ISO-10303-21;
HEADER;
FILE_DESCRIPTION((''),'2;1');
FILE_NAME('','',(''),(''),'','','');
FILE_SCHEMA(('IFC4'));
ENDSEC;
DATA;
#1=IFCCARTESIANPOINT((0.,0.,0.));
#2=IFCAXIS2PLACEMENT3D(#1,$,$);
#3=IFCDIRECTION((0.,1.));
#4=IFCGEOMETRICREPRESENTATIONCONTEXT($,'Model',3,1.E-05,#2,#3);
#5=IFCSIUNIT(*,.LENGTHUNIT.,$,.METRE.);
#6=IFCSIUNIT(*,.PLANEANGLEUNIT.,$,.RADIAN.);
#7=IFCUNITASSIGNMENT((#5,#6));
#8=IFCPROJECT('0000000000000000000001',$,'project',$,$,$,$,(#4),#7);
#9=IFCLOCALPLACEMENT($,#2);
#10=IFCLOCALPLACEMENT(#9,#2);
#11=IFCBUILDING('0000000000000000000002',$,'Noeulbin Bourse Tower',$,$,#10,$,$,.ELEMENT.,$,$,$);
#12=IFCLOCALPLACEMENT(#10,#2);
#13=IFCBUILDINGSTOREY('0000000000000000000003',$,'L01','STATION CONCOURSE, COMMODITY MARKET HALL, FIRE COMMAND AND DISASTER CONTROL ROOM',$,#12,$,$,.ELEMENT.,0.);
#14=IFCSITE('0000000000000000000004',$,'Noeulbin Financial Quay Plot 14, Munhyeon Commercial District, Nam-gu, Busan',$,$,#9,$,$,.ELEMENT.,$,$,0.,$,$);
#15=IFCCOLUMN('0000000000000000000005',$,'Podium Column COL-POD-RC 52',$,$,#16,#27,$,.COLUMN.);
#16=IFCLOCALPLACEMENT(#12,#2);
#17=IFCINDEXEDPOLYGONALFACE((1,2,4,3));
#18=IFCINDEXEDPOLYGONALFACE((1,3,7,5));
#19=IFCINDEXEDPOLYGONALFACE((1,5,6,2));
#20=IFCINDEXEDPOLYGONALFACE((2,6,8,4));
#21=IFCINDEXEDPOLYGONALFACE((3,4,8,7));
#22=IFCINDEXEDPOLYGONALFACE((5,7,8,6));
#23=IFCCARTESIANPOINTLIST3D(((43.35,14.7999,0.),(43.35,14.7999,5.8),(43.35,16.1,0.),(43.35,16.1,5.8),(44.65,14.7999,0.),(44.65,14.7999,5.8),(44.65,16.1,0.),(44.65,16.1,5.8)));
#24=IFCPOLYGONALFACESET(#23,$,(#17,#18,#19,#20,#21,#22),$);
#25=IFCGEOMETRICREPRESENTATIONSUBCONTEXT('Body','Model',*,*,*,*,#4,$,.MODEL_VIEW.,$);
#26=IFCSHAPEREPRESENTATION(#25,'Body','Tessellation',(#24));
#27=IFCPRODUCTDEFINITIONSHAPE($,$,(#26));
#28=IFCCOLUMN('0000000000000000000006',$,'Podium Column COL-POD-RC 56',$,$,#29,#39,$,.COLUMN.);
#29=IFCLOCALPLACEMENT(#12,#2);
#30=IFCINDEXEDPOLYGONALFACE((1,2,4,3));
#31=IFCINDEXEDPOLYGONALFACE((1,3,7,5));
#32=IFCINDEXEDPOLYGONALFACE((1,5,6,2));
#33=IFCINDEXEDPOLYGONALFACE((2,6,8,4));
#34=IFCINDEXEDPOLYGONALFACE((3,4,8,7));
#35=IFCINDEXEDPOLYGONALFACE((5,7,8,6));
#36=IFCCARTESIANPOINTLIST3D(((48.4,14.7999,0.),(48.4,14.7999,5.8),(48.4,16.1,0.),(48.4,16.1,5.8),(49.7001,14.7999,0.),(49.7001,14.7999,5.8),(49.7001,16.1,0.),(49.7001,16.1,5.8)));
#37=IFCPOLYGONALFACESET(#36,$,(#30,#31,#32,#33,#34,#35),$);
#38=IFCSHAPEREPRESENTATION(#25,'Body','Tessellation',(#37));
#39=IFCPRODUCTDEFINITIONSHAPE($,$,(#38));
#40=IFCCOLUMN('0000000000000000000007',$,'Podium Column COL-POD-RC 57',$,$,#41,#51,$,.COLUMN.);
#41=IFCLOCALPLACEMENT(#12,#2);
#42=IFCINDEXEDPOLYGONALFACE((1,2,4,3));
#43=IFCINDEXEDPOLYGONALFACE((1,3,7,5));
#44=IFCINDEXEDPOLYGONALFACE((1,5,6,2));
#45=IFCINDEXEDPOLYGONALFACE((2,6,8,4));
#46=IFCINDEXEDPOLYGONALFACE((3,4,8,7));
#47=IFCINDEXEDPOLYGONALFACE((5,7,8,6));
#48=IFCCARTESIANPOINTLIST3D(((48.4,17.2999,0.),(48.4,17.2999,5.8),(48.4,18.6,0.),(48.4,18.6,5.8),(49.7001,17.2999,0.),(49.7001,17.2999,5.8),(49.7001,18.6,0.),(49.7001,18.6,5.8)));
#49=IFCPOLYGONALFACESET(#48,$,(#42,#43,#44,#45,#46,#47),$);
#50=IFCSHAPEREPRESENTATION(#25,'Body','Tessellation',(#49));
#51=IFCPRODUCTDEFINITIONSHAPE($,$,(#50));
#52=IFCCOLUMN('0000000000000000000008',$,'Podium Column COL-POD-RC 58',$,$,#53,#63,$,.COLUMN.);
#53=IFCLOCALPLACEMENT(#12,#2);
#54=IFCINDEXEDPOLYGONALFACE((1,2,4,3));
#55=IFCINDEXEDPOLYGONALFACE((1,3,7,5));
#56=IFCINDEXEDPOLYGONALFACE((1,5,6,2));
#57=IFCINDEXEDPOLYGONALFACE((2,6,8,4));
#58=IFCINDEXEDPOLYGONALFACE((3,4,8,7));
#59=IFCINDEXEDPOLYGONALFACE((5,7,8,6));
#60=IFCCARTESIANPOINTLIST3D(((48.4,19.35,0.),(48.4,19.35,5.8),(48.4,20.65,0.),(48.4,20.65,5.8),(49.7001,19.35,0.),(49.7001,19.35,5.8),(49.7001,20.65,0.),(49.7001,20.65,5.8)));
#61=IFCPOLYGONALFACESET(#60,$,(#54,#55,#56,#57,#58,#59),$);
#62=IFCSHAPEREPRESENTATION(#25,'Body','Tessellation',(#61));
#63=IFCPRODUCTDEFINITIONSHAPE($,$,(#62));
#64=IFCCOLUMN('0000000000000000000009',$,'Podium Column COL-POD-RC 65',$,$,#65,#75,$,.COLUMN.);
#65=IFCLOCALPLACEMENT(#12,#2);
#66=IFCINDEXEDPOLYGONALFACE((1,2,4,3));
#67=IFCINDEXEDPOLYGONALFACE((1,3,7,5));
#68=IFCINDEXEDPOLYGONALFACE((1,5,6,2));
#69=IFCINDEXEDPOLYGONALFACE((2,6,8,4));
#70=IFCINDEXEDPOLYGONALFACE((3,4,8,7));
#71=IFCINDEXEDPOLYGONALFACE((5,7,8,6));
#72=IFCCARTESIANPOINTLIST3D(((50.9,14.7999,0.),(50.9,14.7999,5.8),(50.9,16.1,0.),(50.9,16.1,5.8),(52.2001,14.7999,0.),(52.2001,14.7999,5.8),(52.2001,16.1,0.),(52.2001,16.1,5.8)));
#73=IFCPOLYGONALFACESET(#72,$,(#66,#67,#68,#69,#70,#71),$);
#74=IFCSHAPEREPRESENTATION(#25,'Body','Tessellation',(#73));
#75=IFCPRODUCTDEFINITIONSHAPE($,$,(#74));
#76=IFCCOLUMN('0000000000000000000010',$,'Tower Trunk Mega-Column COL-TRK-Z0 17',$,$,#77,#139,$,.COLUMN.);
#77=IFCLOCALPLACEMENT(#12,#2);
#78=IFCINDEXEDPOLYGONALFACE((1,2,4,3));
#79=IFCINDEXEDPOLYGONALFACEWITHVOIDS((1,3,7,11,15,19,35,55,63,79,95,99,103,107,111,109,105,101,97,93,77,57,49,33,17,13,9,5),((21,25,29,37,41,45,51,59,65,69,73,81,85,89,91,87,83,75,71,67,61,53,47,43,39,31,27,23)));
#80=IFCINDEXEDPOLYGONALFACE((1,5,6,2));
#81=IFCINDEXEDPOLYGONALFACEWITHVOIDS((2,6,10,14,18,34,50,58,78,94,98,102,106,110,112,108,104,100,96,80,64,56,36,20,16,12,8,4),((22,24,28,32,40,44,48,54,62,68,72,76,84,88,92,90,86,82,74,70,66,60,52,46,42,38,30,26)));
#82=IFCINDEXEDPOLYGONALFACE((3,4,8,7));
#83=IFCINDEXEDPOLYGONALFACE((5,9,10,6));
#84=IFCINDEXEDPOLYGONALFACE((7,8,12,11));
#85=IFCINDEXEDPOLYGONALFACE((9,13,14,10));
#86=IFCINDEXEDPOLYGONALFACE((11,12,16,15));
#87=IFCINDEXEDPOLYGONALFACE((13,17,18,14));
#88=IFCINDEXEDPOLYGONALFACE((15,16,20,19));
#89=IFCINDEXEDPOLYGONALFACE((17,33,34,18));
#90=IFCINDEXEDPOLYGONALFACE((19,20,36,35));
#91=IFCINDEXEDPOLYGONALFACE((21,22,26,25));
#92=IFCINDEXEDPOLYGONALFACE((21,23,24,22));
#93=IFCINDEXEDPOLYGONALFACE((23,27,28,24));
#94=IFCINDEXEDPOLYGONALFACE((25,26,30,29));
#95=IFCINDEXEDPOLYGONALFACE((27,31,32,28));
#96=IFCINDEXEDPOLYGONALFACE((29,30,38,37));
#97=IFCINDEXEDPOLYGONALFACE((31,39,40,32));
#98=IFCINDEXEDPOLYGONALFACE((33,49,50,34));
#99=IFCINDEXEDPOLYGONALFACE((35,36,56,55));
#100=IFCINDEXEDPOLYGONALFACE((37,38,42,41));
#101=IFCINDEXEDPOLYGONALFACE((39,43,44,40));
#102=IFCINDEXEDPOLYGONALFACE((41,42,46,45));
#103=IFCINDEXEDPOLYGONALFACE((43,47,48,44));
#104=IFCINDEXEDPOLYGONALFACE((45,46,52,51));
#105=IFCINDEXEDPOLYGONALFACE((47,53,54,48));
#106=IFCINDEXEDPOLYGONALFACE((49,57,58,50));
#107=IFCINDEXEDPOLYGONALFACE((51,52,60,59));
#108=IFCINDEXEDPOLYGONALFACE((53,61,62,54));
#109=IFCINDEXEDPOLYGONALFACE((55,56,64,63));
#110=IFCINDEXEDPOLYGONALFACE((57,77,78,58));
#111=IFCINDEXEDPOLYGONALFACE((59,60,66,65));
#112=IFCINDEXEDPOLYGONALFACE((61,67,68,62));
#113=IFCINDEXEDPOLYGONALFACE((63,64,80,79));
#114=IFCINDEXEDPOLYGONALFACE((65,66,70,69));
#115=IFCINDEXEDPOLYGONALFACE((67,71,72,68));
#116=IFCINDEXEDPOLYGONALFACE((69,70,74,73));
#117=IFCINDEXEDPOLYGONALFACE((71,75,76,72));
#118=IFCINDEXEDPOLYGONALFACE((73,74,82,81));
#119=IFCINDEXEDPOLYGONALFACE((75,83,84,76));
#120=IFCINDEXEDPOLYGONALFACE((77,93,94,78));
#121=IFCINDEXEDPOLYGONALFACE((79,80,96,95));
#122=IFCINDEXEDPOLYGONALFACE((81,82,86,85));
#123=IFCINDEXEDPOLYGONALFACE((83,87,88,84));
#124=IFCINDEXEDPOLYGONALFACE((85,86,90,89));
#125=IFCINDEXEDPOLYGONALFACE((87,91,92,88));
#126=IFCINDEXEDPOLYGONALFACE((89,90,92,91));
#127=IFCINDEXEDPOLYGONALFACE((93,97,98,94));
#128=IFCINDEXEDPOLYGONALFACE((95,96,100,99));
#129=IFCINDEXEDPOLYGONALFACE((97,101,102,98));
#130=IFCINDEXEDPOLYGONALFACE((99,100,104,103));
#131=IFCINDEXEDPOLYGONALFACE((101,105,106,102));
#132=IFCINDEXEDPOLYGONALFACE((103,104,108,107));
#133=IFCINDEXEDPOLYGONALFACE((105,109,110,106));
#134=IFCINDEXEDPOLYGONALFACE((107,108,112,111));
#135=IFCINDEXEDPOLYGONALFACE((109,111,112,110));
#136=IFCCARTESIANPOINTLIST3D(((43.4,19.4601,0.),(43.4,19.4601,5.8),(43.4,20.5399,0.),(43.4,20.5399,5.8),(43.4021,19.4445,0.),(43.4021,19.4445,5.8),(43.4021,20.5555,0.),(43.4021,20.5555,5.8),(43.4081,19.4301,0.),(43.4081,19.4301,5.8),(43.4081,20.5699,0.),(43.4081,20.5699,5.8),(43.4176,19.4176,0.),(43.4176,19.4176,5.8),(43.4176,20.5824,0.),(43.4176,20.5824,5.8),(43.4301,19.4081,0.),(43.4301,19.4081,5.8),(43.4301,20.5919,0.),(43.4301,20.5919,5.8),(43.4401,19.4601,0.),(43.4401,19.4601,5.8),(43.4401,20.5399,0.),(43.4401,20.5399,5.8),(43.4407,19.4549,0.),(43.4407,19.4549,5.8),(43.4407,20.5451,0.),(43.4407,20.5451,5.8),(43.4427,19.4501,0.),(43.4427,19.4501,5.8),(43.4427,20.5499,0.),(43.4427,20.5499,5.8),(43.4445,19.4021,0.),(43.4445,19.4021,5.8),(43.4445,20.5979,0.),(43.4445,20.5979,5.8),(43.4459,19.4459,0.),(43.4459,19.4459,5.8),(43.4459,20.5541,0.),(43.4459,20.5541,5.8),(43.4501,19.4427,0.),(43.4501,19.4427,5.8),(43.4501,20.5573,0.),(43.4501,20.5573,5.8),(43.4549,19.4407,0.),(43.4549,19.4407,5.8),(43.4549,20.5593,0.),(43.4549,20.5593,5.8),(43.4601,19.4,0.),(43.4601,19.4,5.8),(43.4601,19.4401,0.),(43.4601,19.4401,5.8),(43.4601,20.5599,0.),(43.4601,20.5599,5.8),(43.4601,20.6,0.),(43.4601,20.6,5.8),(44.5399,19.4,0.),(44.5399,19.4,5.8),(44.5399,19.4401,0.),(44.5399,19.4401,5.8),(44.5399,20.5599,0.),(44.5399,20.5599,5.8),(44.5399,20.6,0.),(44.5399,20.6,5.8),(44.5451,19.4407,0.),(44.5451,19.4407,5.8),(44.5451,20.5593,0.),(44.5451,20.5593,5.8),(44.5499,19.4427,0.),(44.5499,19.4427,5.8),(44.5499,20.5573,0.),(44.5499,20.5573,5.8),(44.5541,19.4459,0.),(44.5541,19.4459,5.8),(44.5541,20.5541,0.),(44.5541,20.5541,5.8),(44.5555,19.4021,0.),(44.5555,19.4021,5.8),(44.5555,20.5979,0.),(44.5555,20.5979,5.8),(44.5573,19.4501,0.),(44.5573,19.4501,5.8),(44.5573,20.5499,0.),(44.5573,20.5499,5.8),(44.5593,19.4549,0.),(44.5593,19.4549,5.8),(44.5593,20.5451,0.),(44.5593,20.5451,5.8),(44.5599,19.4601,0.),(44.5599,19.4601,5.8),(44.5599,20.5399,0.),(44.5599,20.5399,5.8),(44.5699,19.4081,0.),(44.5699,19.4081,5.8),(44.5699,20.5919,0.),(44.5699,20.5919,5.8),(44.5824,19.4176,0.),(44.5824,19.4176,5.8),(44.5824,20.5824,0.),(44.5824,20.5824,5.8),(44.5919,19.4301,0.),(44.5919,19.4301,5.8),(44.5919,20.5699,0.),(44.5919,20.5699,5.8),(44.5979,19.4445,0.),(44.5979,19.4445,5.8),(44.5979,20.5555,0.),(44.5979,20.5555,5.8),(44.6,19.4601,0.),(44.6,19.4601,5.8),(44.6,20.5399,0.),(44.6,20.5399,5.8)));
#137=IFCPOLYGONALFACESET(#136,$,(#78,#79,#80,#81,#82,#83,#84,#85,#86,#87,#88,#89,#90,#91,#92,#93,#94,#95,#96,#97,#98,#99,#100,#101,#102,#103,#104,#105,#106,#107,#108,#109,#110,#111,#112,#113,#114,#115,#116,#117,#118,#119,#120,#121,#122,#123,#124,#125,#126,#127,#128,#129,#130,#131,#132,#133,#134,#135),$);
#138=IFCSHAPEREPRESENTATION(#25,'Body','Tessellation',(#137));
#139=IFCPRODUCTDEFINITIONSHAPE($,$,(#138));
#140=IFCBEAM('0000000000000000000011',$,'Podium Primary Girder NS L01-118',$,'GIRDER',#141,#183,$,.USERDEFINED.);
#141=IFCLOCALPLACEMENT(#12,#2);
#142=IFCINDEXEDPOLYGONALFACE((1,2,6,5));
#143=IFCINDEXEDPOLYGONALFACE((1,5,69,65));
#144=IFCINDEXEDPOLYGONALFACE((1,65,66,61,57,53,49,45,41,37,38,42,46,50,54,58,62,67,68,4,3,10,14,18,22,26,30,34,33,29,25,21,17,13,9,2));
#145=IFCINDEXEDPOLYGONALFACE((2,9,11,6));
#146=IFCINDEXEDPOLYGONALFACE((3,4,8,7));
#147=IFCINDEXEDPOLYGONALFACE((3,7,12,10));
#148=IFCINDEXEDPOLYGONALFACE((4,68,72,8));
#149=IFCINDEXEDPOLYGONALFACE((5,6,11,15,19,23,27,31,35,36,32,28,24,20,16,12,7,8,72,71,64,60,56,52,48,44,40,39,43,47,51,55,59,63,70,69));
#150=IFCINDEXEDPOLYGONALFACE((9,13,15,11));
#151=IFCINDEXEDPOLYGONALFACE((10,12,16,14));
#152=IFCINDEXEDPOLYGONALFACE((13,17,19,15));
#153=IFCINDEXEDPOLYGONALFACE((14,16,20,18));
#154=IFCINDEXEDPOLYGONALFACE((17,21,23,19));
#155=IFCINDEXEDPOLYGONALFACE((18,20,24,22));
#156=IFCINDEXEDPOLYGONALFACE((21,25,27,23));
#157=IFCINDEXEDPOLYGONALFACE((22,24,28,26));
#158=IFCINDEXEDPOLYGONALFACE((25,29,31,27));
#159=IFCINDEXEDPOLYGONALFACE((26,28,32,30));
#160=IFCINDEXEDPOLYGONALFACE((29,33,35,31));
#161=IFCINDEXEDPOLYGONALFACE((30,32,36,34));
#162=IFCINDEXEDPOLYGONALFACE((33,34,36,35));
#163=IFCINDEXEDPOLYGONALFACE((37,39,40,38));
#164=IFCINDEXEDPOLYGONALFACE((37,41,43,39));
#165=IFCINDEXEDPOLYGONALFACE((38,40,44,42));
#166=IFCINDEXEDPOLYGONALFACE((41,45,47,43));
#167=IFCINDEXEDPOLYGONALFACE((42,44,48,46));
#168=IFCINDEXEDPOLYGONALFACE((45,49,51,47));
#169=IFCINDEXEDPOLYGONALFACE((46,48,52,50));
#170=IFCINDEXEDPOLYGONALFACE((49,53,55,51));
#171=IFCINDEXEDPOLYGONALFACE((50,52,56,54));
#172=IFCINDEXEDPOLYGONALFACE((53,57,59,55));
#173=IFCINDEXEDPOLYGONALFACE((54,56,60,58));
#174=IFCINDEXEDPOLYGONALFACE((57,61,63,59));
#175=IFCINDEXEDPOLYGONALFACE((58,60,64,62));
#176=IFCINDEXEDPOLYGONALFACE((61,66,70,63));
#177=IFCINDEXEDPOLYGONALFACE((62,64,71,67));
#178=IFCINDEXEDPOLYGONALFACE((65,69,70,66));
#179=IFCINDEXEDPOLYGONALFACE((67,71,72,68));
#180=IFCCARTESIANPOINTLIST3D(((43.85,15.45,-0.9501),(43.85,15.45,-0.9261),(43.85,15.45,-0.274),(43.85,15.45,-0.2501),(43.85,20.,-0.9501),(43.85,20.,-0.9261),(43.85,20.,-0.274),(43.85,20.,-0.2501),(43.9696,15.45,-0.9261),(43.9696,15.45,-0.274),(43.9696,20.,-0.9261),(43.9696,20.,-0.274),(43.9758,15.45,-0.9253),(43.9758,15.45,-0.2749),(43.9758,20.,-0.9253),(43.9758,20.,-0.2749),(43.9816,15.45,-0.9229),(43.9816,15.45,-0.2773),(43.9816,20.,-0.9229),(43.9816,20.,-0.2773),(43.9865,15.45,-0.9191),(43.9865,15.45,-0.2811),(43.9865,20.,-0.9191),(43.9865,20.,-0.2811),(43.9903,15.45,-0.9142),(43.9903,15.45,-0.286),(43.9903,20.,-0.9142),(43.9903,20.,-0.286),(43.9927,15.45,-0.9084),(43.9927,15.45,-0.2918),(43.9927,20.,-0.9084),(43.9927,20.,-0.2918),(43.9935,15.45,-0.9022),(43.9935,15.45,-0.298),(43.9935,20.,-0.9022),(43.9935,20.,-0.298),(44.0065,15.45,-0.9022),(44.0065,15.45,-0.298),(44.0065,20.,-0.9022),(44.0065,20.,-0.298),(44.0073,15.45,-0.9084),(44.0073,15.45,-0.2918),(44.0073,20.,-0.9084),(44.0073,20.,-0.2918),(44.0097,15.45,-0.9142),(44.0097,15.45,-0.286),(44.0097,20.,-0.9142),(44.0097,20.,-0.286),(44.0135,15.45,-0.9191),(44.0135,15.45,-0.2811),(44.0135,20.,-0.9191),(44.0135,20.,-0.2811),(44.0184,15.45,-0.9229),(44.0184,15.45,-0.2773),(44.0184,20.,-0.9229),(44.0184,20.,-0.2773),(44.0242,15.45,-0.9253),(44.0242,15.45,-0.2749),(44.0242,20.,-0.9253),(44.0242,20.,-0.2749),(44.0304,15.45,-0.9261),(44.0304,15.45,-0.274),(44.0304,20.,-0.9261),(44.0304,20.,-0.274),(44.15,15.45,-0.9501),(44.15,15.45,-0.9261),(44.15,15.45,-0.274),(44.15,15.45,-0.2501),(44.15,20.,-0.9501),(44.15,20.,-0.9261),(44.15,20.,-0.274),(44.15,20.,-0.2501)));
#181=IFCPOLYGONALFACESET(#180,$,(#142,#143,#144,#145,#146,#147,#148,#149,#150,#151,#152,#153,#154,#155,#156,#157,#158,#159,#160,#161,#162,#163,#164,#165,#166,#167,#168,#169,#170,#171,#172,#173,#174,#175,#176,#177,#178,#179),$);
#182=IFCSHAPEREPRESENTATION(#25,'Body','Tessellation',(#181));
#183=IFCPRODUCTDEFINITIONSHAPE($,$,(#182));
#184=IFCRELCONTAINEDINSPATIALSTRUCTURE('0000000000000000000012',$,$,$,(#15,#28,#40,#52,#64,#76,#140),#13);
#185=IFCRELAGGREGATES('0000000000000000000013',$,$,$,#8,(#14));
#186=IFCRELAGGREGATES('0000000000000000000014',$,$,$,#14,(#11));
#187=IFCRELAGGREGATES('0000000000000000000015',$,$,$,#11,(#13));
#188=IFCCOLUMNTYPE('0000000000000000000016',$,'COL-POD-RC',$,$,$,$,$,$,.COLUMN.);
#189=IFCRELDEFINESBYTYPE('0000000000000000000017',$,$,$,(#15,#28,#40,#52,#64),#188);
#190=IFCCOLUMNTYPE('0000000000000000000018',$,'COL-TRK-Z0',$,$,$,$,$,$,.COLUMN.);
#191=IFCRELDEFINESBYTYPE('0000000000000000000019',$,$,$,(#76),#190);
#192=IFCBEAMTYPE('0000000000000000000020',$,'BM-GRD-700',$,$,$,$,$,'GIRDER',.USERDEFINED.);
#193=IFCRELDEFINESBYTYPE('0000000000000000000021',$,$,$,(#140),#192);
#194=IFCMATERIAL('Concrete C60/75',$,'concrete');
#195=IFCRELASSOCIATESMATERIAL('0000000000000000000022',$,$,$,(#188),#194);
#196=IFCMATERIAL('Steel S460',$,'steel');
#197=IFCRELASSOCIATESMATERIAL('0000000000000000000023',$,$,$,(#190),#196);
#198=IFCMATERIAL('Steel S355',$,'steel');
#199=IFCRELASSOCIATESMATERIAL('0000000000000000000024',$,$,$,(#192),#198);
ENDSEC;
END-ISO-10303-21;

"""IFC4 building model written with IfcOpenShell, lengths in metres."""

from ifc_helpers import new_model, si_unit, direction, frame, origin, origin_2d, place, context, subcontext, project, spatial, rectangle, hollow_rectangle, i_section, extrude, material, material_profile, profile_set, type_object, element, save


model = new_model("IFC4")

# Units and contexts
model_context = context("Model", 3, precision=1e-05, world=origin(), true_north=direction((0.0, 1.0)))
body_context = subcontext(model_context, "Body", "Model", "MODEL_VIEW")
ifc_project = project(units=[si_unit("LENGTHUNIT", "METRE"), si_unit("PLANEANGLEUNIT", "RADIAN")], contexts=[model_context])

# Site, building, storey
site_placement = place(None, origin())
site = spatial("IfcSite", under=ifc_project, at=site_placement, Name="Noeulbin Financial Quay Plot 14, Munhyeon Commercial District, Nam-gu, Busan", CompositionType="ELEMENT", RefElevation=0.0)
building_placement = place(site_placement, origin())
building = spatial("IfcBuilding", under=site, at=building_placement, Name="Noeulbin Bourse Tower", CompositionType="ELEMENT")
storey_placement = place(building_placement, origin())
storey = spatial("IfcBuildingStorey", under=building, at=storey_placement, Name="L01", Description="STATION CONCOURSE, COMMODITY MARKET HALL, FIRE COMMAND AND DISASTER CONTROL ROOM", CompositionType="ELEMENT", Elevation=0.0)

# Columns
ifc_material_1 = material(Name="Concrete C60/75", Category="concrete")
ifc_material_profile_1 = material_profile(ifc_material_1, rectangle(XDim=1.3, YDim=1.3, at=origin_2d()), Name="RC-COL-1300x1300", Category="LoadBearing")
ifc_profile_set_1 = profile_set([ifc_material_profile_1], Name="Concrete C60/75")
column_type_1 = type_object("IfcColumnType", Name="COL-POD-RC", PredefinedType="COLUMN", material=ifc_profile_set_1)
for number, where, z_axis, x_axis, name in (
    (1, (44.0, 15.45, 0.0), (0.0, 0.0, 1.0), (1.0, 0.0, 0.0), "Podium Column COL-POD-RC 52"),
    (2, (49.05, 15.45, 0.0), (0.0, 0.0, 1.0), (1.0, 0.0, 0.0), "Podium Column COL-POD-RC 56"),
    (3, (49.05, 17.95, 0.0), (0.0, 0.0, 1.0), (1.0, 0.0, 0.0), "Podium Column COL-POD-RC 57"),
    (4, (49.05, 20.0, 0.0), (0.0, 0.0, 1.0), (1.0, 0.0, 0.0), "Podium Column COL-POD-RC 58"),
    (5, (51.55, 15.45, 0.0), (0.0, 0.0, 1.0), (1.0, 0.0, 0.0), "Podium Column COL-POD-RC 65"),
):
    element("IfcColumn", number, at=place(storey_placement, frame(where, z_axis=z_axis, x_axis=x_axis)), inside=storey, type_object=column_type_1, Name=name, PredefinedType="COLUMN", context=body_context, shape_type="SweptSolid", body=[
        extrude(rectangle(XDim=1.3, YDim=1.3, at=origin_2d()), origin(), (0.0, 0.0, 1.0), 5.8),
    ])
ifc_material_2 = material(Name="Steel S460", Category="steel")
ifc_material_profile_2 = material_profile(ifc_material_2, hollow_rectangle(XDim=1.2, YDim=1.2, WallThickness=0.04, InnerFilletRadius=0.02, OuterFilletRadius=0.0601, at=origin_2d()), Name="BOX-1200x1200x40", Category="LoadBearing")
ifc_profile_set_2 = profile_set([ifc_material_profile_2], Name="Steel S460")
column_type_2 = type_object("IfcColumnType", Name="COL-TRK-Z0", PredefinedType="COLUMN", material=ifc_profile_set_2)
column_placement = place(storey_placement, frame((44.0, 20.0, 0.0), z_axis=(0.0, 0.0, 1.0), x_axis=(1.0, 0.0, 0.0)))
element("IfcColumn", 6, at=column_placement, inside=storey, type_object=column_type_2, Name="Tower Trunk Mega-Column COL-TRK-Z0 17", PredefinedType="COLUMN", context=body_context, shape_type="SweptSolid", body=[
    extrude(hollow_rectangle(XDim=1.2, YDim=1.2, WallThickness=0.04, InnerFilletRadius=0.02, OuterFilletRadius=0.0601, at=origin_2d()), origin(), (0.0, 0.0, 1.0), 5.8),
])

# Beam
ifc_material_3 = material(Name="Steel S355", Category="steel")
ifc_material_profile_3 = material_profile(ifc_material_3, i_section(OverallWidth=0.3, OverallDepth=0.7, WebThickness=0.0129, FlangeThickness=0.0239, FilletRadius=0.0239, at=origin_2d()), Name="H-700x300x13x24", Category="LoadBearing")
ifc_profile_set_3 = profile_set([ifc_material_profile_3], Name="Steel S355")
beam_type_1 = type_object("IfcBeamType", Name="BM-GRD-700", ElementType="GIRDER", PredefinedType="USERDEFINED", material=ifc_profile_set_3)
beam_1_placement = place(storey_placement, frame((44.0, 15.45, -0.6001), z_axis=(0.0, 1.0, 0.0), x_axis=(-1.0, 0.0, 0.0)))
element("IfcBeam", 7, at=beam_1_placement, inside=storey, type_object=beam_type_1, Name="Podium Primary Girder NS L01-118", ObjectType="GIRDER", PredefinedType="USERDEFINED", context=body_context, shape_type="SweptSolid", body=[
    extrude(i_section(OverallWidth=0.3, OverallDepth=0.7, WebThickness=0.0129, FlangeThickness=0.0239, FilletRadius=0.0239, at=origin_2d()), origin(), (0.0, 0.0, 1.0), 4.55),
])

save(model, "model.ifc")
